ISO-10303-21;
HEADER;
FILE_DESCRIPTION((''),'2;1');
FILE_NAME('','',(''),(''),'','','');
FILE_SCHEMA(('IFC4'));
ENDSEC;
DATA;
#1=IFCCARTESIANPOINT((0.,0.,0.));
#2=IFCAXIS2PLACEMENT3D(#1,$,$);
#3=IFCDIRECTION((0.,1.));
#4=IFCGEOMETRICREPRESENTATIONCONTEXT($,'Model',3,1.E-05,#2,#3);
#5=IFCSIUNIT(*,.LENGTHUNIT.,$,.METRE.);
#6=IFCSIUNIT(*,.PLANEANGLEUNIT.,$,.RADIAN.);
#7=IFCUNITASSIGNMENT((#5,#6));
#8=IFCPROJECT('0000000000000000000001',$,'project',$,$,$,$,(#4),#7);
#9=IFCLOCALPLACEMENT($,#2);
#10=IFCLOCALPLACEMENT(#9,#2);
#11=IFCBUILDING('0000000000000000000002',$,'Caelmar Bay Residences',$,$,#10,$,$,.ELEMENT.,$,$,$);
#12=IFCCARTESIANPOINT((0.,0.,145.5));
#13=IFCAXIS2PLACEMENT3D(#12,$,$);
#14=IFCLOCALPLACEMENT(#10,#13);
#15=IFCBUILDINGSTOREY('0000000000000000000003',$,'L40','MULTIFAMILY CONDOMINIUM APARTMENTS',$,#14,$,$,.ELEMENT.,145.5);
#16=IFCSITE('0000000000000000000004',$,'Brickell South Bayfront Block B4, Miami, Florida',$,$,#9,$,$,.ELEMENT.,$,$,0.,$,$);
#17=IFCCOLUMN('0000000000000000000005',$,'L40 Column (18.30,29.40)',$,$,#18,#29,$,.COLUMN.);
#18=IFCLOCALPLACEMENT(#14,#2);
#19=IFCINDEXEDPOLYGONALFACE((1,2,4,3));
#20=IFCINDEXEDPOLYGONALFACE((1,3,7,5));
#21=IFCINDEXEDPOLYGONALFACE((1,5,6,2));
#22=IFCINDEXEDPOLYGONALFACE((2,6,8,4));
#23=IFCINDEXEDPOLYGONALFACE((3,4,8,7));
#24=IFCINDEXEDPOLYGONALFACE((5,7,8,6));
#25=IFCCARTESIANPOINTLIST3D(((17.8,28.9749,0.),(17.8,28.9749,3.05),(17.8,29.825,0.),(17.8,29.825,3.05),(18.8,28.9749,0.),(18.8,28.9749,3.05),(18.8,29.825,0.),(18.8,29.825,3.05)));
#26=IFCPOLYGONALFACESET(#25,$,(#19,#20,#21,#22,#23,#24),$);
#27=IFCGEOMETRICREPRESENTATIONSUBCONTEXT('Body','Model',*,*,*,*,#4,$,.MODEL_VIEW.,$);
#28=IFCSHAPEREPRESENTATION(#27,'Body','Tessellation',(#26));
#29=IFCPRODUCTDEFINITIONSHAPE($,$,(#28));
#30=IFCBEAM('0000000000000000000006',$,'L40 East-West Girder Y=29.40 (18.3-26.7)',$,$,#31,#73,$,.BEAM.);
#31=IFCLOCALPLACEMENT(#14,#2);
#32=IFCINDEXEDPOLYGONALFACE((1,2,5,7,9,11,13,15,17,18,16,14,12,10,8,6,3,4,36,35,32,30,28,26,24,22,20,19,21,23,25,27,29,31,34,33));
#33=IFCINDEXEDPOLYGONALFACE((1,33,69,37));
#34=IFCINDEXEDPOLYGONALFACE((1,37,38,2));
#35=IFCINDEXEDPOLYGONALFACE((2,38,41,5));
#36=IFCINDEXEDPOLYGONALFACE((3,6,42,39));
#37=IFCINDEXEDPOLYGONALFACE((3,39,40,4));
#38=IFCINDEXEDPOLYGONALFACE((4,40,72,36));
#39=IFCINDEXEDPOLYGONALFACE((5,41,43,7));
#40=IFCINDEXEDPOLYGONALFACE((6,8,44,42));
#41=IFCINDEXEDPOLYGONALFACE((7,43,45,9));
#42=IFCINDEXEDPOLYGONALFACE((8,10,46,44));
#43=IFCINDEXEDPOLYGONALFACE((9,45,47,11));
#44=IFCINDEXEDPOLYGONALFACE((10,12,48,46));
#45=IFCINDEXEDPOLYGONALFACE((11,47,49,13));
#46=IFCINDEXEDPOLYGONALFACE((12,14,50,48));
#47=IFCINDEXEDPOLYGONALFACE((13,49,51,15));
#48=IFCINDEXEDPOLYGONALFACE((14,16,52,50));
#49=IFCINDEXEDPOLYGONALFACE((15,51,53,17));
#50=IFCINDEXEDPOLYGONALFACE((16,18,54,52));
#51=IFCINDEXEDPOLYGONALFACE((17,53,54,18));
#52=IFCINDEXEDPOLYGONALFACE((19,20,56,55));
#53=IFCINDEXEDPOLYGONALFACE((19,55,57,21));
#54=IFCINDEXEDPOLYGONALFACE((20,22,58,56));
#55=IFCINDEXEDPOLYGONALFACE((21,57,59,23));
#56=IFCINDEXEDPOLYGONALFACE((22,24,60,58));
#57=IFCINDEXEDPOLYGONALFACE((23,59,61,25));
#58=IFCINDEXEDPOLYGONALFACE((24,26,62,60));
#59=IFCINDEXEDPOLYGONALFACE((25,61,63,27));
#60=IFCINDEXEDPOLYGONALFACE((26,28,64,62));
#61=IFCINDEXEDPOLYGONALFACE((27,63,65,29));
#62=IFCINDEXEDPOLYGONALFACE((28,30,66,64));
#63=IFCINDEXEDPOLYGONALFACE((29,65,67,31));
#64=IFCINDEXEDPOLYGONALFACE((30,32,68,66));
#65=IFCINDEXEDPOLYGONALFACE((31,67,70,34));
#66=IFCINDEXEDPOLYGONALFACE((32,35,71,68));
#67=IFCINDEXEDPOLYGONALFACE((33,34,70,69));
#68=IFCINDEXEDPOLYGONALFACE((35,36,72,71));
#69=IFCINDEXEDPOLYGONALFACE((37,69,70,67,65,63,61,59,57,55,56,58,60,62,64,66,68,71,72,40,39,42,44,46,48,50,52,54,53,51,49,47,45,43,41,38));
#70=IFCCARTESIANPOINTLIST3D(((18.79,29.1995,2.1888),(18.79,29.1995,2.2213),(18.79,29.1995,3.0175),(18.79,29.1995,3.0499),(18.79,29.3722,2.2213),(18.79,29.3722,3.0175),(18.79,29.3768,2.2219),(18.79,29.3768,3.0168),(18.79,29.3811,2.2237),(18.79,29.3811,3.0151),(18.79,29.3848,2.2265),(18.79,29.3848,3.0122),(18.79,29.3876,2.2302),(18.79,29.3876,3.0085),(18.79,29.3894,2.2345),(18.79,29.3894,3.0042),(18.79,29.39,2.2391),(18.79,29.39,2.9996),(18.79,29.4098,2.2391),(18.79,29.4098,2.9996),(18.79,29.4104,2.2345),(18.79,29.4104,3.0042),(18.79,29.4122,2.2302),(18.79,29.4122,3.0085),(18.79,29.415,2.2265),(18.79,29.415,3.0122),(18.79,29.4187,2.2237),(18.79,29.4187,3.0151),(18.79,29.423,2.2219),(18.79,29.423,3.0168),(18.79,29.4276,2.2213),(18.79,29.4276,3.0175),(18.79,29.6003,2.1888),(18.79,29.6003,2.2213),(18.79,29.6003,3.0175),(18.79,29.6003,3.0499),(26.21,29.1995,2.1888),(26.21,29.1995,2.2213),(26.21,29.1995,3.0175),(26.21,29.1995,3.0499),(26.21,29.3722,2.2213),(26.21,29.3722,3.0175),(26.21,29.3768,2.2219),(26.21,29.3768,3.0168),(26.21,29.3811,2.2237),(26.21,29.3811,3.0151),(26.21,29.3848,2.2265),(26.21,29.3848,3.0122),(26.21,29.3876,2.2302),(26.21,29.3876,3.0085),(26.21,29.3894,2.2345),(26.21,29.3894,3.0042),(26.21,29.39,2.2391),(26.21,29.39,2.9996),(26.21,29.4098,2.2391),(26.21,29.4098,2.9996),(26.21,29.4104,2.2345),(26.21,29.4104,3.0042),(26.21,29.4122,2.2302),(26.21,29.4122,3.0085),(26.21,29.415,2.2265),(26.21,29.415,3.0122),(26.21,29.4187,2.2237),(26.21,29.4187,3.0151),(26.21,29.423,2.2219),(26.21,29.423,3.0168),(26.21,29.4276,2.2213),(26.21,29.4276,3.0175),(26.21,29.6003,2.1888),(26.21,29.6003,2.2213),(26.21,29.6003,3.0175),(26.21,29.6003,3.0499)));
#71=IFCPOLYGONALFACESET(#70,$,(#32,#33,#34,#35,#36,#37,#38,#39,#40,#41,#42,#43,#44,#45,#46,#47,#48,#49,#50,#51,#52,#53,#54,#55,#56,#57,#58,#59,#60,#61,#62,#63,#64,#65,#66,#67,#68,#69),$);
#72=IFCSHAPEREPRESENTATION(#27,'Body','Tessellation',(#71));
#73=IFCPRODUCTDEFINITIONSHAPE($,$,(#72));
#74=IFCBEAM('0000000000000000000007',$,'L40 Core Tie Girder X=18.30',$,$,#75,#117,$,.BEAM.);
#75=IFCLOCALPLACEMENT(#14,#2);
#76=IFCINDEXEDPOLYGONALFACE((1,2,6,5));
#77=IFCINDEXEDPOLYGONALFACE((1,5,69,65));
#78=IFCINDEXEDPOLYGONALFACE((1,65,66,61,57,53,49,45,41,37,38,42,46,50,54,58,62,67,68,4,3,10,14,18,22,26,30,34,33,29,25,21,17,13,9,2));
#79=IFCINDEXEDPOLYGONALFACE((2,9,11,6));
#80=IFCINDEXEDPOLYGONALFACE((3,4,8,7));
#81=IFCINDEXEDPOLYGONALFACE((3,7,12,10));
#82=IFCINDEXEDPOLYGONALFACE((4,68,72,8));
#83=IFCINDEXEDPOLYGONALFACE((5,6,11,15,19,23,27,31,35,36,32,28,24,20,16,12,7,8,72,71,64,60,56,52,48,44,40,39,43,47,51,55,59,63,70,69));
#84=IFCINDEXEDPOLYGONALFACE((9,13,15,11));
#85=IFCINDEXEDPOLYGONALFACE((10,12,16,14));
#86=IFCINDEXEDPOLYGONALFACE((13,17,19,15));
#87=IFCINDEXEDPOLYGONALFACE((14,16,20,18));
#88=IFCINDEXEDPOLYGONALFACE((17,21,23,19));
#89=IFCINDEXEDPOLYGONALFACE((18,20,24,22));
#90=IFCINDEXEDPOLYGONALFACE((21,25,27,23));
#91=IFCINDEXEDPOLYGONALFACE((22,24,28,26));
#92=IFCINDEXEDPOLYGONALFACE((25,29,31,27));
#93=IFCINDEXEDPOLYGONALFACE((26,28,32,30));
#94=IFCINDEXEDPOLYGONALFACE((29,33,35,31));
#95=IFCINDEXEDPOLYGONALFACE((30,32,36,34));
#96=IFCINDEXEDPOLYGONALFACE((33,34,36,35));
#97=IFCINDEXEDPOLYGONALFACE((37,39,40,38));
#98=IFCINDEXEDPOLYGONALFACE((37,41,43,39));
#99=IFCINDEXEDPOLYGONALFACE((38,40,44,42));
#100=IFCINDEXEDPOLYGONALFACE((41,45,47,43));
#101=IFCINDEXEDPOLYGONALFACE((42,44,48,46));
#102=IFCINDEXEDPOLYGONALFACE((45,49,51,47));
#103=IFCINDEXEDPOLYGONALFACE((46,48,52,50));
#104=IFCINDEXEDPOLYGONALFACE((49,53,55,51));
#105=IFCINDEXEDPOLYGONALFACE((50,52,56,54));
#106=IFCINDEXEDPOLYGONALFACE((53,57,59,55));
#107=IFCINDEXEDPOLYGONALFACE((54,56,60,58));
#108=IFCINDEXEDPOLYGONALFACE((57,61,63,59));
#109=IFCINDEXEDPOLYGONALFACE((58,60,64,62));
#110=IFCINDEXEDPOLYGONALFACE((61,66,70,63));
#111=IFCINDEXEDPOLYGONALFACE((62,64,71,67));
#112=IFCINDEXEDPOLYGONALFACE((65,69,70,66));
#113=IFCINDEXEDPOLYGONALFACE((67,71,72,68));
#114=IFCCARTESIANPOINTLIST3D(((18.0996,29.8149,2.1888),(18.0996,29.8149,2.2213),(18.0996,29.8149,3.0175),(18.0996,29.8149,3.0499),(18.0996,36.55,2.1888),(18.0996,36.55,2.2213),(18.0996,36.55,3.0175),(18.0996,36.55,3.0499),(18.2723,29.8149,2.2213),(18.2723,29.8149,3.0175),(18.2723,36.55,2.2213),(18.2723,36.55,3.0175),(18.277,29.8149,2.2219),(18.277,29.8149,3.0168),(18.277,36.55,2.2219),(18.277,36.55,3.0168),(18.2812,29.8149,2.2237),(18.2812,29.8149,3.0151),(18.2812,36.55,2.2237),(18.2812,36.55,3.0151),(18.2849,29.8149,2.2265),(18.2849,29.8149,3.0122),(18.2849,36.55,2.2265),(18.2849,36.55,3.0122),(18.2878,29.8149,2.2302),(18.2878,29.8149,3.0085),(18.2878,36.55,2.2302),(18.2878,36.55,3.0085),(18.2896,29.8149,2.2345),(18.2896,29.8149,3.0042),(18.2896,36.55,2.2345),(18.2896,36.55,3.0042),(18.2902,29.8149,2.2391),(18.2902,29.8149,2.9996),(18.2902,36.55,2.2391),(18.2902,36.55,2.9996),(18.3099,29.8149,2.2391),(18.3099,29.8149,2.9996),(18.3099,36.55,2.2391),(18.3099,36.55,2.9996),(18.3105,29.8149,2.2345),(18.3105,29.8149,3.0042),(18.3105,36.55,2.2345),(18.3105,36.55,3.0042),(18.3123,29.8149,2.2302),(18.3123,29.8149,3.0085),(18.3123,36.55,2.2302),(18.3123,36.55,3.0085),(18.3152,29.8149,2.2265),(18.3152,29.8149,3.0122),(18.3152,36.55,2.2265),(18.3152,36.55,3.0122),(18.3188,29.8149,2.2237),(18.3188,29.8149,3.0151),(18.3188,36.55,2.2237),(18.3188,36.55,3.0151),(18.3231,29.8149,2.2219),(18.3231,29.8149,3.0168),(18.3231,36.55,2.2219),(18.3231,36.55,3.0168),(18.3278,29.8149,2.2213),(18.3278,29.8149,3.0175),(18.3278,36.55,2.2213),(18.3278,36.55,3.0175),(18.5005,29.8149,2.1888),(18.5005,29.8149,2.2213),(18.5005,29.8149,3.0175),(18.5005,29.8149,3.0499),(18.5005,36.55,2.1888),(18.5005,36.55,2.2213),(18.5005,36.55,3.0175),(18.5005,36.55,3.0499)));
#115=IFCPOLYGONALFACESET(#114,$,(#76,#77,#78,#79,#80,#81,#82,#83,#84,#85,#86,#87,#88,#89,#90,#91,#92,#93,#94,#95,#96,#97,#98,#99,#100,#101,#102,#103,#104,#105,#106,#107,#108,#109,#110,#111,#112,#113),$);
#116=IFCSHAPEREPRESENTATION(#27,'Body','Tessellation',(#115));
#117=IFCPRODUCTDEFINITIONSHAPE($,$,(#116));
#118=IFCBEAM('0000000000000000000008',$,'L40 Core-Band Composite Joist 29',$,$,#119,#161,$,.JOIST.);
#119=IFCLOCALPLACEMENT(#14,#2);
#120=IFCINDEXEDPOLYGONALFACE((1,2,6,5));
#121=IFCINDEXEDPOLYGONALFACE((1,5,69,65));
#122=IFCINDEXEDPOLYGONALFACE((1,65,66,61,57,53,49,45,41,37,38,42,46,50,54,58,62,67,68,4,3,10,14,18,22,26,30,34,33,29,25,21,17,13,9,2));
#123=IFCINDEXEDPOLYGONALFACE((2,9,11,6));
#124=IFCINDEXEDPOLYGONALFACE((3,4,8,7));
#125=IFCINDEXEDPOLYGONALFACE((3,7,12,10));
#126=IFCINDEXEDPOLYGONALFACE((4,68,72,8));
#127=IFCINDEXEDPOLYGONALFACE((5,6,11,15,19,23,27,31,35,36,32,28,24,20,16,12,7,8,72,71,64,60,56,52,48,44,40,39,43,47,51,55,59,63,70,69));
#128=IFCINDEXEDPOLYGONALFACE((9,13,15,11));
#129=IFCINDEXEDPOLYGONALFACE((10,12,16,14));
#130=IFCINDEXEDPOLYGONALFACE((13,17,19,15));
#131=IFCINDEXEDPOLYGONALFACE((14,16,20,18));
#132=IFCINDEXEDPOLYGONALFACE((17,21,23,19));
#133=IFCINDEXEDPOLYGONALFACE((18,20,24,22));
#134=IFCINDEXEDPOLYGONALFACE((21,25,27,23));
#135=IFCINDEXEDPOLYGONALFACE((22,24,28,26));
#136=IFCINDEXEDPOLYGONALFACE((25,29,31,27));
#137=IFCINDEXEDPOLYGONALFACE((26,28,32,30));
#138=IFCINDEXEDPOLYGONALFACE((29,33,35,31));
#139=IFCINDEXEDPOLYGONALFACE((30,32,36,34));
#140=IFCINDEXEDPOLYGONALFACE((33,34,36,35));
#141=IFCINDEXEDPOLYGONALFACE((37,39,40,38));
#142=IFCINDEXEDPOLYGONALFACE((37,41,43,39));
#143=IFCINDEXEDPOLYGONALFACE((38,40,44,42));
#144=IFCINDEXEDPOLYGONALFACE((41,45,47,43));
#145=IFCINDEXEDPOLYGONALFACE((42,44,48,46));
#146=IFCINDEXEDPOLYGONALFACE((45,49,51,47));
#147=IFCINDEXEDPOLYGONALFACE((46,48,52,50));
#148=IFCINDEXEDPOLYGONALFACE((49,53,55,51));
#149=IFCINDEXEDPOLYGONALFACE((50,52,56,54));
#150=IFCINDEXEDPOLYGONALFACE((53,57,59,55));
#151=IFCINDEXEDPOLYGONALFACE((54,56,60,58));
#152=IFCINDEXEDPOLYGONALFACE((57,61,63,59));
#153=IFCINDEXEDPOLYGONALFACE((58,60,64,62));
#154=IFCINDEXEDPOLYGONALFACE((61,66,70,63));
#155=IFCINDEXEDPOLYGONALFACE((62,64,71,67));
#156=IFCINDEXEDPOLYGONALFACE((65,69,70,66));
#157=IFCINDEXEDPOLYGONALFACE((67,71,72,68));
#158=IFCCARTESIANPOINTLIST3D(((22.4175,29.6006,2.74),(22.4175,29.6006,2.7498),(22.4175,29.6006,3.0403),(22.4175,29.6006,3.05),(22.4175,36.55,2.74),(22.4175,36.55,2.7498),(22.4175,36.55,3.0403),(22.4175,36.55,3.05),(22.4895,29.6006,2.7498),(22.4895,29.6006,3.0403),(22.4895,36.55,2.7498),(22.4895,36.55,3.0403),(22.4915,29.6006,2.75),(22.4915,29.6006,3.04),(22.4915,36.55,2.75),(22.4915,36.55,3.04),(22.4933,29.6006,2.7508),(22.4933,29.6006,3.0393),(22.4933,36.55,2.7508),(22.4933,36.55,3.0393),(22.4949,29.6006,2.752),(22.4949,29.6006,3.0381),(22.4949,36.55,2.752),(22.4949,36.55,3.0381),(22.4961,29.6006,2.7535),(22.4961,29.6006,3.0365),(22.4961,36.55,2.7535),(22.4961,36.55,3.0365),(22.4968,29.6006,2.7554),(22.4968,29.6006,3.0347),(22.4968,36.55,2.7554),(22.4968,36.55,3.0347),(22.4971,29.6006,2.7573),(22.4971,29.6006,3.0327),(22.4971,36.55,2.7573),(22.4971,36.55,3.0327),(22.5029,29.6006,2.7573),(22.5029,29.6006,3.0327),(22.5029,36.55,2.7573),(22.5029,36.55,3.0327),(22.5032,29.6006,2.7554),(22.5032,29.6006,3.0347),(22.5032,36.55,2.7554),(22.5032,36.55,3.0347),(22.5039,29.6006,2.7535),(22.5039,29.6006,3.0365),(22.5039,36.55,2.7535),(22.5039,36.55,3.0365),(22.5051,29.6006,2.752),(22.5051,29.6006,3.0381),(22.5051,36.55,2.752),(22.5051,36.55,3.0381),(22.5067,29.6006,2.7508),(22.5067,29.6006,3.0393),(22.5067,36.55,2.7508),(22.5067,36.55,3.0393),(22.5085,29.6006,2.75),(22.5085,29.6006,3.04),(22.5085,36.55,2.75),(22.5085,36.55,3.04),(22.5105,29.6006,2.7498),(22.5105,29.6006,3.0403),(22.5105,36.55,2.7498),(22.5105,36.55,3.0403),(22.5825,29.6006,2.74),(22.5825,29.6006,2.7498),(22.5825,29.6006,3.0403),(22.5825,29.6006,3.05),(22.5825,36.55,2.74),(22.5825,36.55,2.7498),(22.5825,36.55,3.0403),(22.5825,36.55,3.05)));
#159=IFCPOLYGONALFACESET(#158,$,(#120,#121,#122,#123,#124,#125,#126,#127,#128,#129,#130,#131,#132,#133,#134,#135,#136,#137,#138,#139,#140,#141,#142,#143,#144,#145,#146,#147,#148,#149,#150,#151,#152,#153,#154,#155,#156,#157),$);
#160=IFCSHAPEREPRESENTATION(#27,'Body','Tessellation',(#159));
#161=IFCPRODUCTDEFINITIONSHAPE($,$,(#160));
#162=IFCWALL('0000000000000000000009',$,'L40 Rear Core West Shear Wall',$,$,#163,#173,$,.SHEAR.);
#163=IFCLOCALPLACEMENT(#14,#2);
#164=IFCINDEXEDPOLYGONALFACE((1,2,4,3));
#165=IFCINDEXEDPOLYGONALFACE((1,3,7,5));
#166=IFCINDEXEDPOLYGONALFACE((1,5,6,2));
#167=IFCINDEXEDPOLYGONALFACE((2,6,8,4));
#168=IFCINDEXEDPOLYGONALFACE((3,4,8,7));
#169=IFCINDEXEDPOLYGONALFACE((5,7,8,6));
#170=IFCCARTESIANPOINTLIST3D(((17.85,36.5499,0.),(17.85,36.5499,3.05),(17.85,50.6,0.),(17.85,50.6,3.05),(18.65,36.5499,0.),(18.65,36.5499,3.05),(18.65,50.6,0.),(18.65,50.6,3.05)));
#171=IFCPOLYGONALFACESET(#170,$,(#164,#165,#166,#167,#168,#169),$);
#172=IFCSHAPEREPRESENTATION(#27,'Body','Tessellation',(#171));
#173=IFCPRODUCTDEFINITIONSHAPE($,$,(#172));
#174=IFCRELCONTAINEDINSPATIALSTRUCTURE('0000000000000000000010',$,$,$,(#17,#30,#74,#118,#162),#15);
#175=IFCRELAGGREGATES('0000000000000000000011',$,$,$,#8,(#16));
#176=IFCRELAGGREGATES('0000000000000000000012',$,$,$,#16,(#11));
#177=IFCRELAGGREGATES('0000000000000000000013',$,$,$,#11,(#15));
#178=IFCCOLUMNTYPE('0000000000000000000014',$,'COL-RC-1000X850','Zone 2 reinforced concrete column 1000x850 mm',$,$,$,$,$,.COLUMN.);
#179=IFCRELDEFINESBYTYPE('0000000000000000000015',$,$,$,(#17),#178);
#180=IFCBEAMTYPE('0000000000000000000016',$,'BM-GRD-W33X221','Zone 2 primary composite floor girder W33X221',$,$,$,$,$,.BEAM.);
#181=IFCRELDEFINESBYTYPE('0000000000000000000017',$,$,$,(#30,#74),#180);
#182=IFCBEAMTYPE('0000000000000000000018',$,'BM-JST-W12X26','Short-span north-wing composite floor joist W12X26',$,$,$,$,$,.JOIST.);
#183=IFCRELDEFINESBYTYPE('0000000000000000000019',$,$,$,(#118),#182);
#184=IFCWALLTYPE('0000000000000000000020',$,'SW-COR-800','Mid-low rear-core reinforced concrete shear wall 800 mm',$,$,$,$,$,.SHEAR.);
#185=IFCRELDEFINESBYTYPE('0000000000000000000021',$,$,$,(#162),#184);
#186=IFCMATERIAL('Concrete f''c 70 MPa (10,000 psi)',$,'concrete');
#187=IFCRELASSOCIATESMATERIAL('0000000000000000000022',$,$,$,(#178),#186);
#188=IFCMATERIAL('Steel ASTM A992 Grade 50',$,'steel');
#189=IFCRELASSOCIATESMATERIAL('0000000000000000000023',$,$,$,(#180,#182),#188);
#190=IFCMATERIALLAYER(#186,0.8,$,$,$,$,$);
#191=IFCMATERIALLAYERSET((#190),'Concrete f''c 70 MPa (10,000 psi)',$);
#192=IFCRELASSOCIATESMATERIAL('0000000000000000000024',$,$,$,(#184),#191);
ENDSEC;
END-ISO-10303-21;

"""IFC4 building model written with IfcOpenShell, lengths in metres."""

from ifc_helpers import new_model, si_unit, direction, frame, frame_2d, origin, origin_2d, place, context, subcontext, project, spatial, rectangle, i_section, extrude, material, layer, layer_set, material_profile, profile_set, type_object, element, save


model = new_model("IFC4")

# Units and contexts
model_context = context("Model", 3, precision=1e-05, world=origin(), true_north=direction((0.0, 1.0)))
body_context = subcontext(model_context, "Body", "Model", "MODEL_VIEW")
ifc_project = project(units=[si_unit("LENGTHUNIT", "METRE"), si_unit("PLANEANGLEUNIT", "RADIAN")], contexts=[model_context])

# Site, building, storey
site_placement = place(None, origin())
site = spatial("IfcSite", under=ifc_project, at=site_placement, Name="Brickell South Bayfront Block B4, Miami, Florida", CompositionType="ELEMENT", RefElevation=0.0)
building_placement = place(site_placement, origin())
building = spatial("IfcBuilding", under=site, at=building_placement, Name="Caelmar Bay Residences", CompositionType="ELEMENT")
storey_placement = place(building_placement, frame((0.0, 0.0, 145.5)))
storey = spatial("IfcBuildingStorey", under=building, at=storey_placement, Name="L40", Description="MULTIFAMILY CONDOMINIUM APARTMENTS", CompositionType="ELEMENT", Elevation=145.5)

# Column
ifc_material_1 = material(Name="Concrete f'c 70 MPa (10,000 psi)", Category="concrete")
ifc_material_profile_1 = material_profile(ifc_material_1, rectangle(XDim=1.0, YDim=0.8501, at=origin_2d()), Name="RC-COL-1000X850")
ifc_profile_set_1 = profile_set([ifc_material_profile_1], Name="Concrete f'c 70 MPa (10,000 psi)")
column_type = type_object("IfcColumnType", Name="COL-RC-1000X850", Description="Zone 2 reinforced concrete column 1000x850 mm", PredefinedType="COLUMN", material=ifc_profile_set_1)
column_placement = place(storey_placement, frame((18.3, 29.3999, 0.0), z_axis=(0.0, 0.0, 1.0), x_axis=(1.0, 0.0, 0.0)))
element("IfcColumn", 1, at=column_placement, inside=storey, type_object=column_type, Name="L40 Column (18.30,29.40)", PredefinedType="COLUMN", context=body_context, shape_type="SweptSolid", body=[
    extrude(rectangle(XDim=1.0, YDim=0.8501, at=origin_2d()), origin(), (0.0, 0.0, 1.0), 3.05),
])

# Beams
ifc_material_2 = material(Name="Steel ASTM A992 Grade 50", Category="steel")
ifc_material_profile_2 = material_profile(ifc_material_2, i_section(OverallWidth=0.4009, OverallDepth=0.8611, WebThickness=0.0198, FlangeThickness=0.0325, FilletRadius=0.0178, at=origin_2d()), Name="W33X221")
ifc_profile_set_2 = profile_set([ifc_material_profile_2], Name="Steel ASTM A992 Grade 50")
beam_type_1 = type_object("IfcBeamType", Name="BM-GRD-W33X221", Description="Zone 2 primary composite floor girder W33X221", PredefinedType="BEAM", material=ifc_profile_set_2)
beam_1_placement = place(storey_placement, frame((18.79, 29.3999, 2.6194), z_axis=(1.0, 0.0, 0.0), x_axis=(0.0, 1.0, 0.0)))
element("IfcBeam", 2, at=beam_1_placement, inside=storey, type_object=beam_type_1, Name="L40 East-West Girder Y=29.40 (18.3-26.7)", PredefinedType="BEAM", context=body_context, shape_type="SweptSolid", body=[
    extrude(i_section(OverallWidth=0.4009, OverallDepth=0.8611, WebThickness=0.0198, FlangeThickness=0.0325, FilletRadius=0.0178, at=origin_2d()), origin(), (0.0, 0.0, 1.0), 7.4199),
])
beam_2_placement = place(storey_placement, frame((18.3, 29.8149, 2.6194), z_axis=(0.0, 1.0, 0.0), x_axis=(-1.0, 0.0, 0.0)))
element("IfcBeam", 3, at=beam_2_placement, inside=storey, type_object=beam_type_1, Name="L40 Core Tie Girder X=18.30", PredefinedType="BEAM", context=body_context, shape_type="SweptSolid", body=[
    extrude(i_section(OverallWidth=0.4009, OverallDepth=0.8611, WebThickness=0.0198, FlangeThickness=0.0325, FilletRadius=0.0178, at=origin_2d()), origin(), (0.0, 0.0, 1.0), 6.7351),
])
ifc_material_profile_3 = material_profile(ifc_material_2, i_section(OverallWidth=0.165, OverallDepth=0.3101, WebThickness=0.0059, FlangeThickness=0.0098, FilletRadius=0.0076, at=origin_2d()), Name="W12X26")
ifc_profile_set_3 = profile_set([ifc_material_profile_3], Name="Steel ASTM A992 Grade 50")
beam_type_2 = type_object("IfcBeamType", Name="BM-JST-W12X26", Description="Short-span north-wing composite floor joist W12X26", PredefinedType="JOIST", material=ifc_profile_set_3)
beam_3_placement = place(storey_placement, frame((22.5, 29.6006, 2.895), z_axis=(0.0, 1.0, 0.0), x_axis=(-1.0, 0.0, 0.0)))
element("IfcBeam", 4, at=beam_3_placement, inside=storey, type_object=beam_type_2, Name="L40 Core-Band Composite Joist 29", PredefinedType="JOIST", context=body_context, shape_type="SweptSolid", body=[
    extrude(i_section(OverallWidth=0.165, OverallDepth=0.3101, WebThickness=0.0059, FlangeThickness=0.0098, FilletRadius=0.0076, at=origin_2d()), origin(), (0.0, 0.0, 1.0), 6.9495),
])

# Shared definitions
ifc_layer_1 = layer(ifc_material_1, 0.8)
ifc_layer_set_1 = layer_set([ifc_layer_1], Name="Concrete f'c 70 MPa (10,000 psi)")
wall_type_1 = type_object("IfcWallType", Name="SW-COR-800", Description="Mid-low rear-core reinforced concrete shear wall 800 mm", PredefinedType="SHEAR", material=ifc_layer_set_1)

# Wall
wall_1_placement = place(storey_placement, frame((18.25, 36.55, 0.0), z_axis=(0.0, 0.0, 1.0), x_axis=(0.0, 1.0, 0.0)))
element("IfcWall", 5, at=wall_1_placement, inside=storey, type_object=wall_type_1, Name="L40 Rear Core West Shear Wall", PredefinedType="SHEAR", context=body_context, shape_type="SweptSolid", body=[
    extrude(rectangle(XDim=14.05, YDim=0.8, at=frame_2d((7.0249, 0.0))), origin(), (0.0, 0.0, 1.0), 3.05),
])

save(model, "model.ifc")
